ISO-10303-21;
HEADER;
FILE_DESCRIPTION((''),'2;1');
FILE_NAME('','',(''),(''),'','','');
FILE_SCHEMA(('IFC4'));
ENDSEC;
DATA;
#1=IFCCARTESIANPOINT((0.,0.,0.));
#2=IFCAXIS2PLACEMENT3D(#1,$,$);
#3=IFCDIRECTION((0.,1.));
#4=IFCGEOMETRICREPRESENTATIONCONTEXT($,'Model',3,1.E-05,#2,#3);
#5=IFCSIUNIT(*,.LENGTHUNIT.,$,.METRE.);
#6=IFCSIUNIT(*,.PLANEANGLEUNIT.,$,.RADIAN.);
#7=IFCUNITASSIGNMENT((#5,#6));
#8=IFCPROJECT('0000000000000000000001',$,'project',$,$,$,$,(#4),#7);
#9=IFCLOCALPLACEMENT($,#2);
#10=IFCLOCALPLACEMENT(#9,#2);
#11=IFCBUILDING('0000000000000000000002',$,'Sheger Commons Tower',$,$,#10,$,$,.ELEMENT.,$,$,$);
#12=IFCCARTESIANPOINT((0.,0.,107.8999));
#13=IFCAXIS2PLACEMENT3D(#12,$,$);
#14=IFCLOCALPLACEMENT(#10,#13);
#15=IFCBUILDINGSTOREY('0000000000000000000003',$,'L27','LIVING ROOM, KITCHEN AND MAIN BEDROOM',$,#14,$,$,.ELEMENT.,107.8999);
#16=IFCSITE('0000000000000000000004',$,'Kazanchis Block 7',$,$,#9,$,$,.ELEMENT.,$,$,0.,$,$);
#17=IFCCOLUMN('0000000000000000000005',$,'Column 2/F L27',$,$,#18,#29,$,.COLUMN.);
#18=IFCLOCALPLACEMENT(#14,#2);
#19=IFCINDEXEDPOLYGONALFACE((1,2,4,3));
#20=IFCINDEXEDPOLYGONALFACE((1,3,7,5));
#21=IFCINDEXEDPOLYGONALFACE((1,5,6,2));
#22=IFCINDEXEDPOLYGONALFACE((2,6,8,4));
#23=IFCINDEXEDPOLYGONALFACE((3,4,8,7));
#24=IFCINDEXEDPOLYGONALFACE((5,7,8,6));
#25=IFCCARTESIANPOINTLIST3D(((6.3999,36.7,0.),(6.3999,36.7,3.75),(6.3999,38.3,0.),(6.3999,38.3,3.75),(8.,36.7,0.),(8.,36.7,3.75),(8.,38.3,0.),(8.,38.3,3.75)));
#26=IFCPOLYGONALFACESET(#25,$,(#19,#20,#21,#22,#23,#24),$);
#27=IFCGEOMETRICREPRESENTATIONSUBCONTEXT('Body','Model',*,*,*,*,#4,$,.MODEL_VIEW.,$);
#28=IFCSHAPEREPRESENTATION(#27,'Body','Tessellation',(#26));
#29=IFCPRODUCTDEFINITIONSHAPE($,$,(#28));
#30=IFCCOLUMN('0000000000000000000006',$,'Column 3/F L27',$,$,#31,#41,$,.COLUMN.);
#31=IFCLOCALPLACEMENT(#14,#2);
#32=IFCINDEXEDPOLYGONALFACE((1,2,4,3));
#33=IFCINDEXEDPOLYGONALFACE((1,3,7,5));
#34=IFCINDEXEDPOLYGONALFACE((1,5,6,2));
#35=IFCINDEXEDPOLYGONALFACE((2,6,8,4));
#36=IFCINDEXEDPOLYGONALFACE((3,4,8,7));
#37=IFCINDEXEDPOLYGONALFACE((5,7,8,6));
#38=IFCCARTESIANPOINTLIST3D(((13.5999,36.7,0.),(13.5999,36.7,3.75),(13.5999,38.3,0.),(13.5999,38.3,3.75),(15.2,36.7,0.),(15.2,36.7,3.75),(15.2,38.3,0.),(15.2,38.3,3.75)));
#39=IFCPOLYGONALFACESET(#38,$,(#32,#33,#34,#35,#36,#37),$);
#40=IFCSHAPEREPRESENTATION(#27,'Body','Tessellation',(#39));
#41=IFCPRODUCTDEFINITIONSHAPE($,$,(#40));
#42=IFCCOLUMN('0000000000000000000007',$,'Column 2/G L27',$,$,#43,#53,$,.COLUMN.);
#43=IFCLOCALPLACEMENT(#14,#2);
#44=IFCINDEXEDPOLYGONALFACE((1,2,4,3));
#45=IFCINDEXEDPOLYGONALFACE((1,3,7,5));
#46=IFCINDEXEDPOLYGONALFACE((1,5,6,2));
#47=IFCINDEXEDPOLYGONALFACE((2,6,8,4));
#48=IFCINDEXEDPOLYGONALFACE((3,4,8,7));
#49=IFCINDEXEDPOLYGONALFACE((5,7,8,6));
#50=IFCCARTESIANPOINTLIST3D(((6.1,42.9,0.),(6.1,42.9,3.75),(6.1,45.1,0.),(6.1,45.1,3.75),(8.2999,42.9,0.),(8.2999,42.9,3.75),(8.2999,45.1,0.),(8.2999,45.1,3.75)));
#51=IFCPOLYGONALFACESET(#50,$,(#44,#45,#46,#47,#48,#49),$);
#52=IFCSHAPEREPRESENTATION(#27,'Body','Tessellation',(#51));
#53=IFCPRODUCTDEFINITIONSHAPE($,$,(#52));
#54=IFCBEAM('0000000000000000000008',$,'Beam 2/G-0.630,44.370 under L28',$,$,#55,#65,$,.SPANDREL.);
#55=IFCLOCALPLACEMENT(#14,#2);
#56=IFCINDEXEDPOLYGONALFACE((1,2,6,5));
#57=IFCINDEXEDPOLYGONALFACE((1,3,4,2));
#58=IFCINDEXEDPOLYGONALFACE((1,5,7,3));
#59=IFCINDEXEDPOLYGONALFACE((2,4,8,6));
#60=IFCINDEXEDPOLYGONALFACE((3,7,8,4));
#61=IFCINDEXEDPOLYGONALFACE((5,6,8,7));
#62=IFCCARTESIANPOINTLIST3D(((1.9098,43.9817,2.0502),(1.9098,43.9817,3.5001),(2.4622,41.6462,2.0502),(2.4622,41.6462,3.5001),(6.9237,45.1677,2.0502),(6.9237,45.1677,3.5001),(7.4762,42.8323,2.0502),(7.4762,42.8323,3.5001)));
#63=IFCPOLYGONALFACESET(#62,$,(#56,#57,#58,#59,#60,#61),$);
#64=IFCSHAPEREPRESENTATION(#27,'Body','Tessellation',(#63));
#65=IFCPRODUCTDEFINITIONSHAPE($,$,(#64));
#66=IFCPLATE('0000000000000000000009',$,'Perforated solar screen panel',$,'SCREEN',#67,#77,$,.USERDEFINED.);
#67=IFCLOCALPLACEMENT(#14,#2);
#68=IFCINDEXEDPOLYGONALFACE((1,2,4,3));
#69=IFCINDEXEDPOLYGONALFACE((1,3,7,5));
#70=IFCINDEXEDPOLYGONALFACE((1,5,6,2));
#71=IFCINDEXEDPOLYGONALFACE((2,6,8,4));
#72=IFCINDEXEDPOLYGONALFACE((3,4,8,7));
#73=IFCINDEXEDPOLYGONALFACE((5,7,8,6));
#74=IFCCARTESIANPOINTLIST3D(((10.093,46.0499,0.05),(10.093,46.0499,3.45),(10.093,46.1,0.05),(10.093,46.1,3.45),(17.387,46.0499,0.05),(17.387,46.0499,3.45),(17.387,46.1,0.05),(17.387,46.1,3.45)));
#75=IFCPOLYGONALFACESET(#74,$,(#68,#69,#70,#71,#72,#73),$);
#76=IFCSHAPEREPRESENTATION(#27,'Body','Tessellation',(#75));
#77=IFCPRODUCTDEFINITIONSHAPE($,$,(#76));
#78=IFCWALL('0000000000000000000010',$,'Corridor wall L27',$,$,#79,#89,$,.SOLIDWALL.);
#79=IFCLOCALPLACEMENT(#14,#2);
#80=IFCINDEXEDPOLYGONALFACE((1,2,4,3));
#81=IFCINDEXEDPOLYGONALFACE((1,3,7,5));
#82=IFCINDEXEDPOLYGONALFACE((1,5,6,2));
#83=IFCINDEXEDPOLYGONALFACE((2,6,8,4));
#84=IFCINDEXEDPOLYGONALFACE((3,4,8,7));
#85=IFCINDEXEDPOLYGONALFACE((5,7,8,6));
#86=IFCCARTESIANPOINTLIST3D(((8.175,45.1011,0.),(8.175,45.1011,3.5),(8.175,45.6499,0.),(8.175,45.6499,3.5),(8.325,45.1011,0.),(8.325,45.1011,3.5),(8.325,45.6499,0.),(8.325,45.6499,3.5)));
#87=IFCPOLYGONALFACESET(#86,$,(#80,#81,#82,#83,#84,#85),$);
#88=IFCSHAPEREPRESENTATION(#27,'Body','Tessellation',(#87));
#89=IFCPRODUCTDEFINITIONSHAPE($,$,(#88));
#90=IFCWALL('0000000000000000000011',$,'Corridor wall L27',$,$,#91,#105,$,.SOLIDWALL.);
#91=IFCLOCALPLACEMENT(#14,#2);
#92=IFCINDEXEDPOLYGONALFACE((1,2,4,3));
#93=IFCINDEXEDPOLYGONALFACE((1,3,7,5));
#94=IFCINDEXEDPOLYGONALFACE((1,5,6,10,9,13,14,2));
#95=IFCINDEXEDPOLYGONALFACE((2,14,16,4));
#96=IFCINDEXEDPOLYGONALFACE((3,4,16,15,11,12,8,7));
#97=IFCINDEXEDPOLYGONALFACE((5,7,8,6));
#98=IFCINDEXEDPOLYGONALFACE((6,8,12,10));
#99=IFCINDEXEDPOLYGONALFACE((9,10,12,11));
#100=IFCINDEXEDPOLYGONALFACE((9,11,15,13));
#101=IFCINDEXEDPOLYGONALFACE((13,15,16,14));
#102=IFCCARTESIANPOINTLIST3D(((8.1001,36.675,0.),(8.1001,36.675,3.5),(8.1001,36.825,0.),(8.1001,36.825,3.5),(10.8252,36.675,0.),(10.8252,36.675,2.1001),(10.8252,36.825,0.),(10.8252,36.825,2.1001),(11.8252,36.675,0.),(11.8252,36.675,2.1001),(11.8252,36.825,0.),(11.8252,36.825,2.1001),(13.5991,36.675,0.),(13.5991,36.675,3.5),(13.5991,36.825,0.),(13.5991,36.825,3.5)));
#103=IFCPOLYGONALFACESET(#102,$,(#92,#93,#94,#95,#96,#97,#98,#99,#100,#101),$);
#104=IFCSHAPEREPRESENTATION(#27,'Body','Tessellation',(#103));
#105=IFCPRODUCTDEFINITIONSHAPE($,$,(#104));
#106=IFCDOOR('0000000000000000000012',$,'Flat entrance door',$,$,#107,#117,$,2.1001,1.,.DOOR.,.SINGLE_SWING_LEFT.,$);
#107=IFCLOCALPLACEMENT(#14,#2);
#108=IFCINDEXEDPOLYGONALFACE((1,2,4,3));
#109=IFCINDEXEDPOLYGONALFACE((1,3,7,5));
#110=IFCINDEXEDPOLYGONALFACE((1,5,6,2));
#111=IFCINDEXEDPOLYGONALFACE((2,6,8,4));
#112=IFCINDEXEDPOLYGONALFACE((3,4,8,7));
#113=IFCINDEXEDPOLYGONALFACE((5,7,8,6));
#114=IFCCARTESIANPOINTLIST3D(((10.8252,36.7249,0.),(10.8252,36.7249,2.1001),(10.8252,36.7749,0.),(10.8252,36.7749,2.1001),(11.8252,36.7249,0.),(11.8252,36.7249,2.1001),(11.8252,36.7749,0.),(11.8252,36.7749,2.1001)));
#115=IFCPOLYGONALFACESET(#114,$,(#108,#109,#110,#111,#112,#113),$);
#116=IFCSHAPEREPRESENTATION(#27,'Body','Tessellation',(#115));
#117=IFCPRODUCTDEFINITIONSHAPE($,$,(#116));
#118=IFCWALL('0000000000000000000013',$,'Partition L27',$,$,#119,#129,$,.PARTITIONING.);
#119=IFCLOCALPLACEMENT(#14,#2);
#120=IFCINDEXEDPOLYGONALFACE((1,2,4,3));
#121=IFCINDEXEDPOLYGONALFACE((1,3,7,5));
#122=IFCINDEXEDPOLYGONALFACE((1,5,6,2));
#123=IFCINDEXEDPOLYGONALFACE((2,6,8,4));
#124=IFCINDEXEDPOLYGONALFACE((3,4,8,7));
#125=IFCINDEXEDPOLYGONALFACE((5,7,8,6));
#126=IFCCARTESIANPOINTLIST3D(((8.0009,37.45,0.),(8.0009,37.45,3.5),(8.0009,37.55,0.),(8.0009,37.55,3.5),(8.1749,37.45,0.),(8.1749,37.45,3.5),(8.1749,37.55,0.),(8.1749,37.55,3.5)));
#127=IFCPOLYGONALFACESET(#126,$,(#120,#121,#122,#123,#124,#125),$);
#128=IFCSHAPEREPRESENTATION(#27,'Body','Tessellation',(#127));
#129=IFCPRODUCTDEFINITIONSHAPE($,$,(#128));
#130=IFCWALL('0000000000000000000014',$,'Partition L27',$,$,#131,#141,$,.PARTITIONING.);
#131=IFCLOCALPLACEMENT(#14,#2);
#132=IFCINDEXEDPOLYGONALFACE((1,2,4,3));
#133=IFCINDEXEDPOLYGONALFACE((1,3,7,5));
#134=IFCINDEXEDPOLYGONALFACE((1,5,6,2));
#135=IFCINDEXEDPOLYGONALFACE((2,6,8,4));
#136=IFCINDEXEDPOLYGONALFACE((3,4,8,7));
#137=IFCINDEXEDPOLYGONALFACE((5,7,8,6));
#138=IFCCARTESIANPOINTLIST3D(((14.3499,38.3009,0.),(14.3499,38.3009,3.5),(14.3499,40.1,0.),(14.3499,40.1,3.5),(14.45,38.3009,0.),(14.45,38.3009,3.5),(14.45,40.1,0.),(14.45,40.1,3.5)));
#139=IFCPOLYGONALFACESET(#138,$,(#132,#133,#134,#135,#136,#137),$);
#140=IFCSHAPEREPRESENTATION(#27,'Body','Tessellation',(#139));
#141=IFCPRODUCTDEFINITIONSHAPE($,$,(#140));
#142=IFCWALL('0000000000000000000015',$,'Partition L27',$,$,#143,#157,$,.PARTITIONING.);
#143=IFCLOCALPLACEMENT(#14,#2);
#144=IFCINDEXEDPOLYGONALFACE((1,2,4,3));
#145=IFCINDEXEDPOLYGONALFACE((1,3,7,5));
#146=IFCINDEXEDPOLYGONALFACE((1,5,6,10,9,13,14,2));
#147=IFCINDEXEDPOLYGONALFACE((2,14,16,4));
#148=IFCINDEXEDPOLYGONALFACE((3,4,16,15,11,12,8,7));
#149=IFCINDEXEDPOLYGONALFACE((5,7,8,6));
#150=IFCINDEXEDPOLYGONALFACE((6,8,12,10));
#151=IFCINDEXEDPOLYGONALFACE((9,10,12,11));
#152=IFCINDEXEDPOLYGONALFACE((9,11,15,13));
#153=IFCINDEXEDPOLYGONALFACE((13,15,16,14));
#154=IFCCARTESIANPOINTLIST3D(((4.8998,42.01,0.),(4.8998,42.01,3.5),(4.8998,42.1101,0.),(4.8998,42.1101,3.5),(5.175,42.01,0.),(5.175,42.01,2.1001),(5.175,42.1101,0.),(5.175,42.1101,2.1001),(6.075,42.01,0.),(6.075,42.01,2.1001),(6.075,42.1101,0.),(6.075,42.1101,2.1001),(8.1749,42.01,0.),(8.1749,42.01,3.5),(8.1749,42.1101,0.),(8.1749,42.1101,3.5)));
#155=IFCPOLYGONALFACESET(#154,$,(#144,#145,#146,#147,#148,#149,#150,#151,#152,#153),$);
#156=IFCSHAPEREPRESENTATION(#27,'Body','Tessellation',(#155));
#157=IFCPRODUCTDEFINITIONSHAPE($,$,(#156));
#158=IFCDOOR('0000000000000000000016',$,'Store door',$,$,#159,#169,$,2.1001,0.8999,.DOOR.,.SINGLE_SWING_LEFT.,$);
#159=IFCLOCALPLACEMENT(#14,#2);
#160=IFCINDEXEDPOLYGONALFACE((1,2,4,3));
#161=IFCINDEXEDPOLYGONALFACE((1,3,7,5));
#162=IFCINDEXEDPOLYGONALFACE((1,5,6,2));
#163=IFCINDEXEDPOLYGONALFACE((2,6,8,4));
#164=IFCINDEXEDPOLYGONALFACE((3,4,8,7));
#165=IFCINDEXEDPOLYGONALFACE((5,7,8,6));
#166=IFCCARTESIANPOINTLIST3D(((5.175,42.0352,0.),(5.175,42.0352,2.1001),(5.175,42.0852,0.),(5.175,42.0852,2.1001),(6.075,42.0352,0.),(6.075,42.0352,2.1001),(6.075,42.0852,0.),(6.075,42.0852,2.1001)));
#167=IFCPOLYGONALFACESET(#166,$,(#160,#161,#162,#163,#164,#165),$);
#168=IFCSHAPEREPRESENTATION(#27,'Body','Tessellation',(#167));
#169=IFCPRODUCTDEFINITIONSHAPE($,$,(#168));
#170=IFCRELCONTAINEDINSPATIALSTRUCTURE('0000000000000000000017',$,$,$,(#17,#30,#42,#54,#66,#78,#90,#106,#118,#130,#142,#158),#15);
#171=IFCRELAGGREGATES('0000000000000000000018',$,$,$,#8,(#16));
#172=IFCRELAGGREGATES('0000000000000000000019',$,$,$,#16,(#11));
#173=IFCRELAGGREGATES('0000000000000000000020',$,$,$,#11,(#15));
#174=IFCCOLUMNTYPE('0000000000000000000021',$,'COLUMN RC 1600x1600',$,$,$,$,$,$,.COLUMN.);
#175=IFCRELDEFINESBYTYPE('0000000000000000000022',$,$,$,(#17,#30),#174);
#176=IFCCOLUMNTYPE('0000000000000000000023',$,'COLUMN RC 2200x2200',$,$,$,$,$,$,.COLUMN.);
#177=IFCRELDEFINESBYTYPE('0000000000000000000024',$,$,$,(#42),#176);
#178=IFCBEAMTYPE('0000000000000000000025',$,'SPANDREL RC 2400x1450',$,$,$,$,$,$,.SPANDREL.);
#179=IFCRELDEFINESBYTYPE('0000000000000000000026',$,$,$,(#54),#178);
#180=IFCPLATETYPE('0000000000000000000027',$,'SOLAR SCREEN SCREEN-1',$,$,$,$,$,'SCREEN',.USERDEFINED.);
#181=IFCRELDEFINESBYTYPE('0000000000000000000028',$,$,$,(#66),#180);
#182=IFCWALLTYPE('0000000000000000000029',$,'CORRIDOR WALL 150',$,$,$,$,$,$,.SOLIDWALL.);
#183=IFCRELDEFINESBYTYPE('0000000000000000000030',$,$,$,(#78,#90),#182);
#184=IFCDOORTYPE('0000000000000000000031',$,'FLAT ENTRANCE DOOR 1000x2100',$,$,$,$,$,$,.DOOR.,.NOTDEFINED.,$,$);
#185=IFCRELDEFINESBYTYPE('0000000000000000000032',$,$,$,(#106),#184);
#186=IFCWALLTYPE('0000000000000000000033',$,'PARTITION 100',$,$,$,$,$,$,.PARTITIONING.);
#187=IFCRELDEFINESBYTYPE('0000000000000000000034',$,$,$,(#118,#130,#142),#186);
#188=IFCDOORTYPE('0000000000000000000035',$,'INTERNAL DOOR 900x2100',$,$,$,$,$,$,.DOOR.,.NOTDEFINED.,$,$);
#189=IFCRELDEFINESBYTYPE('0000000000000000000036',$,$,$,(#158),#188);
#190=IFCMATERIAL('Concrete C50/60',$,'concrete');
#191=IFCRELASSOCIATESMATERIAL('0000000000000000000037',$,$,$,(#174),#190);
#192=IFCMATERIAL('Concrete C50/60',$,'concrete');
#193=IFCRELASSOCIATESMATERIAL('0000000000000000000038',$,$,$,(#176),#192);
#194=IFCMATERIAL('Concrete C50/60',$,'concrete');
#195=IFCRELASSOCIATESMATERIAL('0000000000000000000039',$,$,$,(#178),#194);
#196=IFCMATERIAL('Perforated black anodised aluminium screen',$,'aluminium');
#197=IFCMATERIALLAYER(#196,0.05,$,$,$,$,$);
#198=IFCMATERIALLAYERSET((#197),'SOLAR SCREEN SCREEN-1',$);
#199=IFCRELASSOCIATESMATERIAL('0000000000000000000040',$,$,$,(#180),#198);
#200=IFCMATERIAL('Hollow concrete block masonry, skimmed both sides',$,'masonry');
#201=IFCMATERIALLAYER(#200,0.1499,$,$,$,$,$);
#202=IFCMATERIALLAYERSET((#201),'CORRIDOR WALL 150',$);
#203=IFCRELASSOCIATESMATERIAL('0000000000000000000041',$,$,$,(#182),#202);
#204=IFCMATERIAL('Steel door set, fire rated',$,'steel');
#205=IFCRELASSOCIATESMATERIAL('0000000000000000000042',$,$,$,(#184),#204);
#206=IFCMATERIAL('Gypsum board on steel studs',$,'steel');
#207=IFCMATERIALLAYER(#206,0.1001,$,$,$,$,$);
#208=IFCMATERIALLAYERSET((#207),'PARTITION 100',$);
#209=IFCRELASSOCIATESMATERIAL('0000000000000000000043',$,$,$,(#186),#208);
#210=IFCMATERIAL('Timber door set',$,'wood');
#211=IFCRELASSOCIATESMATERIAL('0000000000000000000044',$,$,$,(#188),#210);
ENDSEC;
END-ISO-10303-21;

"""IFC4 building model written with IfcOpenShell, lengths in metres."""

from ifc_helpers import new_model, si_unit, direction, frame, frame_2d, origin, origin_2d, place, context, subcontext, project, spatial, rectangle, extrude, material, layer, layer_set, material_profile, profile_set, type_object, element, fill, save


model = new_model("IFC4")

# Units and contexts
model_context = context("Model", 3, precision=1e-05, world=origin(), true_north=direction((0.0, 1.0)))
body_context = subcontext(model_context, "Body", "Model", "MODEL_VIEW")
ifc_project = project(units=[si_unit("LENGTHUNIT", "METRE"), si_unit("PLANEANGLEUNIT", "RADIAN")], contexts=[model_context])

# Site, building, storey
site_placement = place(None, origin())
site = spatial("IfcSite", under=ifc_project, at=site_placement, Name="Kazanchis Block 7", CompositionType="ELEMENT", RefElevation=0.0)
building_placement = place(site_placement, origin())
building = spatial("IfcBuilding", under=site, at=building_placement, Name="Sheger Commons Tower", CompositionType="ELEMENT")
storey_placement = place(building_placement, frame((0.0, 0.0, 107.8999)))
storey = spatial("IfcBuildingStorey", under=building, at=storey_placement, Name="L27", Description="LIVING ROOM, KITCHEN AND MAIN BEDROOM", CompositionType="ELEMENT", Elevation=107.8999)

# Columns
ifc_material_1 = material(Name="Concrete C50/60", Category="concrete")
ifc_material_profile_1 = material_profile(ifc_material_1, rectangle(XDim=1.6001, YDim=1.6001, at=origin_2d()), Name="RC 1600x1600")
ifc_profile_set_1 = profile_set([ifc_material_profile_1], Name="Concrete C50/60")
column_type_1 = type_object("IfcColumnType", Name="COLUMN RC 1600x1600", PredefinedType="COLUMN", material=ifc_profile_set_1)
for number, where, z_axis, x_axis, name in (
    (1, (7.2, 37.5, 0.0), (0.0, 0.0, 1.0), (1.0, 0.0, 0.0), "Column 2/F L27"),
    (2, (14.3999, 37.5, 0.0), (0.0, 0.0, 1.0), (1.0, 0.0, 0.0), "Column 3/F L27"),
):
    element("IfcColumn", number, at=place(storey_placement, frame(where, z_axis=z_axis, x_axis=x_axis)), inside=storey, type_object=column_type_1, Name=name, PredefinedType="COLUMN", context=body_context, shape_type="SweptSolid", body=[
        extrude(rectangle(XDim=1.6001, YDim=1.6001, at=origin_2d()), origin(), (0.0, 0.0, 1.0), 3.75),
    ])
ifc_material_2 = material(Name="Concrete C50/60", Category="concrete")
ifc_material_profile_2 = material_profile(ifc_material_2, rectangle(XDim=2.2, YDim=2.2, at=origin_2d()), Name="RC 2200x2200")
ifc_profile_set_2 = profile_set([ifc_material_profile_2], Name="Concrete C50/60")
column_type_2 = type_object("IfcColumnType", Name="COLUMN RC 2200x2200", PredefinedType="COLUMN", material=ifc_profile_set_2)
column_placement = place(storey_placement, frame((7.2, 44.0, 0.0), z_axis=(0.0, 0.0, 1.0), x_axis=(1.0, 0.0, 0.0)))
element("IfcColumn", 3, at=column_placement, inside=storey, type_object=column_type_2, Name="Column 2/G L27", PredefinedType="COLUMN", context=body_context, shape_type="SweptSolid", body=[
    extrude(rectangle(XDim=2.2, YDim=2.2, at=origin_2d()), origin(), (0.0, 0.0, 1.0), 3.75),
])

# Beam
ifc_material_3 = material(Name="Concrete C50/60", Category="concrete")
ifc_material_profile_3 = material_profile(ifc_material_3, rectangle(XDim=2.3999, YDim=1.45, at=origin_2d()), Name="RC 2400x1450")
ifc_profile_set_3 = profile_set([ifc_material_profile_3], Name="Concrete C50/60")
beam_type = type_object("IfcBeamType", Name="SPANDREL RC 2400x1450", PredefinedType="SPANDREL", material=ifc_profile_set_3)
beam_placement = place(storey_placement, frame((7.2, 44.0, 2.7751), z_axis=(-0.973144, -0.230196, 0.0), x_axis=(0.230196, -0.973144, 0.0)))
element("IfcBeam", 4, at=beam_placement, inside=storey, type_object=beam_type, Name="Beam 2/G-0.630,44.370 under L28", PredefinedType="SPANDREL", context=body_context, shape_type="SweptSolid", body=[
    extrude(rectangle(XDim=2.3999, YDim=1.45, at=origin_2d()), origin(), (0.0, 0.0, 1.0), 5.1523),
])

# Plate
ifc_material_4 = material(Name="Perforated black anodised aluminium screen", Category="aluminium")
ifc_layer_1 = layer(ifc_material_4, 0.05)
ifc_layer_set_1 = layer_set([ifc_layer_1], Name="SOLAR SCREEN SCREEN-1")
plate_type = type_object("IfcPlateType", Name="SOLAR SCREEN SCREEN-1", ElementType="SCREEN", PredefinedType="USERDEFINED", material=ifc_layer_set_1)
plate_placement = place(storey_placement, frame((13.74, 46.075, 0.05), z_axis=(0.0, 0.0, 1.0), x_axis=(-1.0, 0.0, 0.0)))
element("IfcPlate", 5, at=plate_placement, inside=storey, type_object=plate_type, Name="Perforated solar screen panel", ObjectType="SCREEN", PredefinedType="USERDEFINED", context=body_context, shape_type="SweptSolid", body=[
    extrude(rectangle(XDim=7.2939, YDim=0.05, at=origin_2d()), origin(), (0.0, 0.0, 1.0), 3.3999),
])

# Wall
ifc_material_5 = material(Name="Hollow concrete block masonry, skimmed both sides", Category="masonry")
ifc_layer_2 = layer(ifc_material_5, 0.1499)
ifc_layer_set_2 = layer_set([ifc_layer_2], Name="CORRIDOR WALL 150")
wall_type_1 = type_object("IfcWallType", Name="CORRIDOR WALL 150", PredefinedType="SOLIDWALL", material=ifc_layer_set_2)
wall_1_placement = place(storey_placement, frame((8.25, 45.1011, 0.0), z_axis=(0.0, 0.0, 1.0), x_axis=(0.0, 1.0, 0.0)))
element("IfcWall", 6, at=wall_1_placement, inside=storey, type_object=wall_type_1, Name="Corridor wall L27", PredefinedType="SOLIDWALL", context=body_context, shape_type="SweptSolid", body=[
    extrude(rectangle(XDim=0.5488, YDim=0.1499, at=frame_2d((0.2744, 0.0))), origin(), (0.0, 0.0, 1.0), 3.5),
])

# Wall, opening, door
wall_2_placement = place(storey_placement, frame((8.1001, 36.75, 0.0), z_axis=(0.0, 0.0, 1.0), x_axis=(1.0, 0.0, 0.0)))
wall_2 = element("IfcWall", 7, at=wall_2_placement, inside=storey, type_object=wall_type_1, Name="Corridor wall L27", PredefinedType="SOLIDWALL", context=body_context, shape_type="SweptSolid", body=[
    extrude(rectangle(XDim=5.499, YDim=0.1499, at=frame_2d((2.7495, 0.0))), origin(), (0.0, 0.0, 1.0), 3.5),
])
opening_1_placement = place(wall_2_placement, frame((2.7251, 0.0, 0.0)))
opening_1 = element("IfcOpeningElement", 8, at=opening_1_placement, cuts=wall_2, PredefinedType="OPENING", context=body_context, shape_type="SweptSolid", body=[
    extrude(rectangle(XDim=1.0, YDim=2.1001, at=frame_2d((0.5, 1.05))), frame((0.0, 0.085, 0.0), z_axis=(0.0, -1.0, 0.0), x_axis=(1.0, 0.0, 0.0)), (0.0, 0.0, 1.0), 0.1699),
])
ifc_material_6 = material(Name="Steel door set, fire rated", Category="steel")
door_type_1 = type_object("IfcDoorType", Name="FLAT ENTRANCE DOOR 1000x2100", OperationType="NOTDEFINED", PredefinedType="DOOR", material=ifc_material_6)
door_1_placement = place(opening_1_placement, origin())
door_1 = element("IfcDoor", 9, at=door_1_placement, inside=storey, type_object=door_type_1, Name="Flat entrance door", OperationType="SINGLE_SWING_LEFT", OverallHeight=2.1001, OverallWidth=1.0, PredefinedType="DOOR", context=body_context, shape_type="SweptSolid", body=[
    extrude(rectangle(XDim=1.0, YDim=2.1001, at=frame_2d((0.5, 1.05))), frame((0.0, 0.0249, 0.0), z_axis=(0.0, -1.0, 0.0), x_axis=(1.0, 0.0, 0.0)), (0.0, 0.0, 1.0), 0.05),
])
fill(opening_1, door_1)

# Walls
ifc_material_7 = material(Name="Gypsum board on steel studs", Category="steel")
ifc_layer_3 = layer(ifc_material_7, 0.1001)
ifc_layer_set_3 = layer_set([ifc_layer_3], Name="PARTITION 100")
wall_type_2 = type_object("IfcWallType", Name="PARTITION 100", PredefinedType="PARTITIONING", material=ifc_layer_set_3)
wall_3_placement = place(storey_placement, frame((8.001, 37.5, 0.0), z_axis=(0.0, 0.0, 1.0), x_axis=(1.0, 0.0, 0.0)))
element("IfcWall", 10, at=wall_3_placement, inside=storey, type_object=wall_type_2, Name="Partition L27", PredefinedType="PARTITIONING", context=body_context, shape_type="SweptSolid", body=[
    extrude(rectangle(XDim=0.1741, YDim=0.1001, at=frame_2d((0.0869, 0.0))), origin(), (0.0, 0.0, 1.0), 3.5),
])
wall_4_placement = place(storey_placement, frame((14.3999, 38.301, 0.0), z_axis=(0.0, 0.0, 1.0), x_axis=(0.0, 1.0, 0.0)))
element("IfcWall", 11, at=wall_4_placement, inside=storey, type_object=wall_type_2, Name="Partition L27", PredefinedType="PARTITIONING", context=body_context, shape_type="SweptSolid", body=[
    extrude(rectangle(XDim=1.7991, YDim=0.1001, at=frame_2d((0.8994, 0.0))), origin(), (0.0, 0.0, 1.0), 3.5),
])

# Wall, opening, door
wall_5_placement = place(storey_placement, frame((8.175, 42.0601, 0.0), z_axis=(0.0, 0.0, 1.0), x_axis=(-1.0, 0.0, 0.0)))
wall_5 = element("IfcWall", 12, at=wall_5_placement, inside=storey, type_object=wall_type_2, Name="Partition L27", PredefinedType="PARTITIONING", context=body_context, shape_type="SweptSolid", body=[
    extrude(rectangle(XDim=3.2751, YDim=0.1001, at=frame_2d((1.6377, 0.0))), origin(), (0.0, 0.0, 1.0), 3.5),
])
opening_2_placement = place(wall_5_placement, frame((2.1001, 0.0, 0.0)))
opening_2 = element("IfcOpeningElement", 13, at=opening_2_placement, cuts=wall_5, PredefinedType="OPENING", context=body_context, shape_type="SweptSolid", body=[
    extrude(rectangle(XDim=0.8999, YDim=2.1001, at=frame_2d((0.45, 1.05))), frame((0.0, 0.0601, 0.0), z_axis=(0.0, -1.0, 0.0), x_axis=(1.0, 0.0, 0.0)), (0.0, 0.0, 1.0), 0.1201),
])
ifc_material_8 = material(Name="Timber door set", Category="wood")
door_type_2 = type_object("IfcDoorType", Name="INTERNAL DOOR 900x2100", OperationType="NOTDEFINED", PredefinedType="DOOR", material=ifc_material_8)
door_2_placement = place(opening_2_placement, origin())
door_2 = element("IfcDoor", 14, at=door_2_placement, inside=storey, type_object=door_type_2, Name="Store door", OperationType="SINGLE_SWING_LEFT", OverallHeight=2.1001, OverallWidth=0.8999, PredefinedType="DOOR", context=body_context, shape_type="SweptSolid", body=[
    extrude(rectangle(XDim=0.8999, YDim=2.1001, at=frame_2d((0.45, 1.05))), frame((0.0, 0.0249, 0.0), z_axis=(0.0, -1.0, 0.0), x_axis=(1.0, 0.0, 0.0)), (0.0, 0.0, 1.0), 0.05),
])
fill(opening_2, door_2)

save(model, "model.ifc")
